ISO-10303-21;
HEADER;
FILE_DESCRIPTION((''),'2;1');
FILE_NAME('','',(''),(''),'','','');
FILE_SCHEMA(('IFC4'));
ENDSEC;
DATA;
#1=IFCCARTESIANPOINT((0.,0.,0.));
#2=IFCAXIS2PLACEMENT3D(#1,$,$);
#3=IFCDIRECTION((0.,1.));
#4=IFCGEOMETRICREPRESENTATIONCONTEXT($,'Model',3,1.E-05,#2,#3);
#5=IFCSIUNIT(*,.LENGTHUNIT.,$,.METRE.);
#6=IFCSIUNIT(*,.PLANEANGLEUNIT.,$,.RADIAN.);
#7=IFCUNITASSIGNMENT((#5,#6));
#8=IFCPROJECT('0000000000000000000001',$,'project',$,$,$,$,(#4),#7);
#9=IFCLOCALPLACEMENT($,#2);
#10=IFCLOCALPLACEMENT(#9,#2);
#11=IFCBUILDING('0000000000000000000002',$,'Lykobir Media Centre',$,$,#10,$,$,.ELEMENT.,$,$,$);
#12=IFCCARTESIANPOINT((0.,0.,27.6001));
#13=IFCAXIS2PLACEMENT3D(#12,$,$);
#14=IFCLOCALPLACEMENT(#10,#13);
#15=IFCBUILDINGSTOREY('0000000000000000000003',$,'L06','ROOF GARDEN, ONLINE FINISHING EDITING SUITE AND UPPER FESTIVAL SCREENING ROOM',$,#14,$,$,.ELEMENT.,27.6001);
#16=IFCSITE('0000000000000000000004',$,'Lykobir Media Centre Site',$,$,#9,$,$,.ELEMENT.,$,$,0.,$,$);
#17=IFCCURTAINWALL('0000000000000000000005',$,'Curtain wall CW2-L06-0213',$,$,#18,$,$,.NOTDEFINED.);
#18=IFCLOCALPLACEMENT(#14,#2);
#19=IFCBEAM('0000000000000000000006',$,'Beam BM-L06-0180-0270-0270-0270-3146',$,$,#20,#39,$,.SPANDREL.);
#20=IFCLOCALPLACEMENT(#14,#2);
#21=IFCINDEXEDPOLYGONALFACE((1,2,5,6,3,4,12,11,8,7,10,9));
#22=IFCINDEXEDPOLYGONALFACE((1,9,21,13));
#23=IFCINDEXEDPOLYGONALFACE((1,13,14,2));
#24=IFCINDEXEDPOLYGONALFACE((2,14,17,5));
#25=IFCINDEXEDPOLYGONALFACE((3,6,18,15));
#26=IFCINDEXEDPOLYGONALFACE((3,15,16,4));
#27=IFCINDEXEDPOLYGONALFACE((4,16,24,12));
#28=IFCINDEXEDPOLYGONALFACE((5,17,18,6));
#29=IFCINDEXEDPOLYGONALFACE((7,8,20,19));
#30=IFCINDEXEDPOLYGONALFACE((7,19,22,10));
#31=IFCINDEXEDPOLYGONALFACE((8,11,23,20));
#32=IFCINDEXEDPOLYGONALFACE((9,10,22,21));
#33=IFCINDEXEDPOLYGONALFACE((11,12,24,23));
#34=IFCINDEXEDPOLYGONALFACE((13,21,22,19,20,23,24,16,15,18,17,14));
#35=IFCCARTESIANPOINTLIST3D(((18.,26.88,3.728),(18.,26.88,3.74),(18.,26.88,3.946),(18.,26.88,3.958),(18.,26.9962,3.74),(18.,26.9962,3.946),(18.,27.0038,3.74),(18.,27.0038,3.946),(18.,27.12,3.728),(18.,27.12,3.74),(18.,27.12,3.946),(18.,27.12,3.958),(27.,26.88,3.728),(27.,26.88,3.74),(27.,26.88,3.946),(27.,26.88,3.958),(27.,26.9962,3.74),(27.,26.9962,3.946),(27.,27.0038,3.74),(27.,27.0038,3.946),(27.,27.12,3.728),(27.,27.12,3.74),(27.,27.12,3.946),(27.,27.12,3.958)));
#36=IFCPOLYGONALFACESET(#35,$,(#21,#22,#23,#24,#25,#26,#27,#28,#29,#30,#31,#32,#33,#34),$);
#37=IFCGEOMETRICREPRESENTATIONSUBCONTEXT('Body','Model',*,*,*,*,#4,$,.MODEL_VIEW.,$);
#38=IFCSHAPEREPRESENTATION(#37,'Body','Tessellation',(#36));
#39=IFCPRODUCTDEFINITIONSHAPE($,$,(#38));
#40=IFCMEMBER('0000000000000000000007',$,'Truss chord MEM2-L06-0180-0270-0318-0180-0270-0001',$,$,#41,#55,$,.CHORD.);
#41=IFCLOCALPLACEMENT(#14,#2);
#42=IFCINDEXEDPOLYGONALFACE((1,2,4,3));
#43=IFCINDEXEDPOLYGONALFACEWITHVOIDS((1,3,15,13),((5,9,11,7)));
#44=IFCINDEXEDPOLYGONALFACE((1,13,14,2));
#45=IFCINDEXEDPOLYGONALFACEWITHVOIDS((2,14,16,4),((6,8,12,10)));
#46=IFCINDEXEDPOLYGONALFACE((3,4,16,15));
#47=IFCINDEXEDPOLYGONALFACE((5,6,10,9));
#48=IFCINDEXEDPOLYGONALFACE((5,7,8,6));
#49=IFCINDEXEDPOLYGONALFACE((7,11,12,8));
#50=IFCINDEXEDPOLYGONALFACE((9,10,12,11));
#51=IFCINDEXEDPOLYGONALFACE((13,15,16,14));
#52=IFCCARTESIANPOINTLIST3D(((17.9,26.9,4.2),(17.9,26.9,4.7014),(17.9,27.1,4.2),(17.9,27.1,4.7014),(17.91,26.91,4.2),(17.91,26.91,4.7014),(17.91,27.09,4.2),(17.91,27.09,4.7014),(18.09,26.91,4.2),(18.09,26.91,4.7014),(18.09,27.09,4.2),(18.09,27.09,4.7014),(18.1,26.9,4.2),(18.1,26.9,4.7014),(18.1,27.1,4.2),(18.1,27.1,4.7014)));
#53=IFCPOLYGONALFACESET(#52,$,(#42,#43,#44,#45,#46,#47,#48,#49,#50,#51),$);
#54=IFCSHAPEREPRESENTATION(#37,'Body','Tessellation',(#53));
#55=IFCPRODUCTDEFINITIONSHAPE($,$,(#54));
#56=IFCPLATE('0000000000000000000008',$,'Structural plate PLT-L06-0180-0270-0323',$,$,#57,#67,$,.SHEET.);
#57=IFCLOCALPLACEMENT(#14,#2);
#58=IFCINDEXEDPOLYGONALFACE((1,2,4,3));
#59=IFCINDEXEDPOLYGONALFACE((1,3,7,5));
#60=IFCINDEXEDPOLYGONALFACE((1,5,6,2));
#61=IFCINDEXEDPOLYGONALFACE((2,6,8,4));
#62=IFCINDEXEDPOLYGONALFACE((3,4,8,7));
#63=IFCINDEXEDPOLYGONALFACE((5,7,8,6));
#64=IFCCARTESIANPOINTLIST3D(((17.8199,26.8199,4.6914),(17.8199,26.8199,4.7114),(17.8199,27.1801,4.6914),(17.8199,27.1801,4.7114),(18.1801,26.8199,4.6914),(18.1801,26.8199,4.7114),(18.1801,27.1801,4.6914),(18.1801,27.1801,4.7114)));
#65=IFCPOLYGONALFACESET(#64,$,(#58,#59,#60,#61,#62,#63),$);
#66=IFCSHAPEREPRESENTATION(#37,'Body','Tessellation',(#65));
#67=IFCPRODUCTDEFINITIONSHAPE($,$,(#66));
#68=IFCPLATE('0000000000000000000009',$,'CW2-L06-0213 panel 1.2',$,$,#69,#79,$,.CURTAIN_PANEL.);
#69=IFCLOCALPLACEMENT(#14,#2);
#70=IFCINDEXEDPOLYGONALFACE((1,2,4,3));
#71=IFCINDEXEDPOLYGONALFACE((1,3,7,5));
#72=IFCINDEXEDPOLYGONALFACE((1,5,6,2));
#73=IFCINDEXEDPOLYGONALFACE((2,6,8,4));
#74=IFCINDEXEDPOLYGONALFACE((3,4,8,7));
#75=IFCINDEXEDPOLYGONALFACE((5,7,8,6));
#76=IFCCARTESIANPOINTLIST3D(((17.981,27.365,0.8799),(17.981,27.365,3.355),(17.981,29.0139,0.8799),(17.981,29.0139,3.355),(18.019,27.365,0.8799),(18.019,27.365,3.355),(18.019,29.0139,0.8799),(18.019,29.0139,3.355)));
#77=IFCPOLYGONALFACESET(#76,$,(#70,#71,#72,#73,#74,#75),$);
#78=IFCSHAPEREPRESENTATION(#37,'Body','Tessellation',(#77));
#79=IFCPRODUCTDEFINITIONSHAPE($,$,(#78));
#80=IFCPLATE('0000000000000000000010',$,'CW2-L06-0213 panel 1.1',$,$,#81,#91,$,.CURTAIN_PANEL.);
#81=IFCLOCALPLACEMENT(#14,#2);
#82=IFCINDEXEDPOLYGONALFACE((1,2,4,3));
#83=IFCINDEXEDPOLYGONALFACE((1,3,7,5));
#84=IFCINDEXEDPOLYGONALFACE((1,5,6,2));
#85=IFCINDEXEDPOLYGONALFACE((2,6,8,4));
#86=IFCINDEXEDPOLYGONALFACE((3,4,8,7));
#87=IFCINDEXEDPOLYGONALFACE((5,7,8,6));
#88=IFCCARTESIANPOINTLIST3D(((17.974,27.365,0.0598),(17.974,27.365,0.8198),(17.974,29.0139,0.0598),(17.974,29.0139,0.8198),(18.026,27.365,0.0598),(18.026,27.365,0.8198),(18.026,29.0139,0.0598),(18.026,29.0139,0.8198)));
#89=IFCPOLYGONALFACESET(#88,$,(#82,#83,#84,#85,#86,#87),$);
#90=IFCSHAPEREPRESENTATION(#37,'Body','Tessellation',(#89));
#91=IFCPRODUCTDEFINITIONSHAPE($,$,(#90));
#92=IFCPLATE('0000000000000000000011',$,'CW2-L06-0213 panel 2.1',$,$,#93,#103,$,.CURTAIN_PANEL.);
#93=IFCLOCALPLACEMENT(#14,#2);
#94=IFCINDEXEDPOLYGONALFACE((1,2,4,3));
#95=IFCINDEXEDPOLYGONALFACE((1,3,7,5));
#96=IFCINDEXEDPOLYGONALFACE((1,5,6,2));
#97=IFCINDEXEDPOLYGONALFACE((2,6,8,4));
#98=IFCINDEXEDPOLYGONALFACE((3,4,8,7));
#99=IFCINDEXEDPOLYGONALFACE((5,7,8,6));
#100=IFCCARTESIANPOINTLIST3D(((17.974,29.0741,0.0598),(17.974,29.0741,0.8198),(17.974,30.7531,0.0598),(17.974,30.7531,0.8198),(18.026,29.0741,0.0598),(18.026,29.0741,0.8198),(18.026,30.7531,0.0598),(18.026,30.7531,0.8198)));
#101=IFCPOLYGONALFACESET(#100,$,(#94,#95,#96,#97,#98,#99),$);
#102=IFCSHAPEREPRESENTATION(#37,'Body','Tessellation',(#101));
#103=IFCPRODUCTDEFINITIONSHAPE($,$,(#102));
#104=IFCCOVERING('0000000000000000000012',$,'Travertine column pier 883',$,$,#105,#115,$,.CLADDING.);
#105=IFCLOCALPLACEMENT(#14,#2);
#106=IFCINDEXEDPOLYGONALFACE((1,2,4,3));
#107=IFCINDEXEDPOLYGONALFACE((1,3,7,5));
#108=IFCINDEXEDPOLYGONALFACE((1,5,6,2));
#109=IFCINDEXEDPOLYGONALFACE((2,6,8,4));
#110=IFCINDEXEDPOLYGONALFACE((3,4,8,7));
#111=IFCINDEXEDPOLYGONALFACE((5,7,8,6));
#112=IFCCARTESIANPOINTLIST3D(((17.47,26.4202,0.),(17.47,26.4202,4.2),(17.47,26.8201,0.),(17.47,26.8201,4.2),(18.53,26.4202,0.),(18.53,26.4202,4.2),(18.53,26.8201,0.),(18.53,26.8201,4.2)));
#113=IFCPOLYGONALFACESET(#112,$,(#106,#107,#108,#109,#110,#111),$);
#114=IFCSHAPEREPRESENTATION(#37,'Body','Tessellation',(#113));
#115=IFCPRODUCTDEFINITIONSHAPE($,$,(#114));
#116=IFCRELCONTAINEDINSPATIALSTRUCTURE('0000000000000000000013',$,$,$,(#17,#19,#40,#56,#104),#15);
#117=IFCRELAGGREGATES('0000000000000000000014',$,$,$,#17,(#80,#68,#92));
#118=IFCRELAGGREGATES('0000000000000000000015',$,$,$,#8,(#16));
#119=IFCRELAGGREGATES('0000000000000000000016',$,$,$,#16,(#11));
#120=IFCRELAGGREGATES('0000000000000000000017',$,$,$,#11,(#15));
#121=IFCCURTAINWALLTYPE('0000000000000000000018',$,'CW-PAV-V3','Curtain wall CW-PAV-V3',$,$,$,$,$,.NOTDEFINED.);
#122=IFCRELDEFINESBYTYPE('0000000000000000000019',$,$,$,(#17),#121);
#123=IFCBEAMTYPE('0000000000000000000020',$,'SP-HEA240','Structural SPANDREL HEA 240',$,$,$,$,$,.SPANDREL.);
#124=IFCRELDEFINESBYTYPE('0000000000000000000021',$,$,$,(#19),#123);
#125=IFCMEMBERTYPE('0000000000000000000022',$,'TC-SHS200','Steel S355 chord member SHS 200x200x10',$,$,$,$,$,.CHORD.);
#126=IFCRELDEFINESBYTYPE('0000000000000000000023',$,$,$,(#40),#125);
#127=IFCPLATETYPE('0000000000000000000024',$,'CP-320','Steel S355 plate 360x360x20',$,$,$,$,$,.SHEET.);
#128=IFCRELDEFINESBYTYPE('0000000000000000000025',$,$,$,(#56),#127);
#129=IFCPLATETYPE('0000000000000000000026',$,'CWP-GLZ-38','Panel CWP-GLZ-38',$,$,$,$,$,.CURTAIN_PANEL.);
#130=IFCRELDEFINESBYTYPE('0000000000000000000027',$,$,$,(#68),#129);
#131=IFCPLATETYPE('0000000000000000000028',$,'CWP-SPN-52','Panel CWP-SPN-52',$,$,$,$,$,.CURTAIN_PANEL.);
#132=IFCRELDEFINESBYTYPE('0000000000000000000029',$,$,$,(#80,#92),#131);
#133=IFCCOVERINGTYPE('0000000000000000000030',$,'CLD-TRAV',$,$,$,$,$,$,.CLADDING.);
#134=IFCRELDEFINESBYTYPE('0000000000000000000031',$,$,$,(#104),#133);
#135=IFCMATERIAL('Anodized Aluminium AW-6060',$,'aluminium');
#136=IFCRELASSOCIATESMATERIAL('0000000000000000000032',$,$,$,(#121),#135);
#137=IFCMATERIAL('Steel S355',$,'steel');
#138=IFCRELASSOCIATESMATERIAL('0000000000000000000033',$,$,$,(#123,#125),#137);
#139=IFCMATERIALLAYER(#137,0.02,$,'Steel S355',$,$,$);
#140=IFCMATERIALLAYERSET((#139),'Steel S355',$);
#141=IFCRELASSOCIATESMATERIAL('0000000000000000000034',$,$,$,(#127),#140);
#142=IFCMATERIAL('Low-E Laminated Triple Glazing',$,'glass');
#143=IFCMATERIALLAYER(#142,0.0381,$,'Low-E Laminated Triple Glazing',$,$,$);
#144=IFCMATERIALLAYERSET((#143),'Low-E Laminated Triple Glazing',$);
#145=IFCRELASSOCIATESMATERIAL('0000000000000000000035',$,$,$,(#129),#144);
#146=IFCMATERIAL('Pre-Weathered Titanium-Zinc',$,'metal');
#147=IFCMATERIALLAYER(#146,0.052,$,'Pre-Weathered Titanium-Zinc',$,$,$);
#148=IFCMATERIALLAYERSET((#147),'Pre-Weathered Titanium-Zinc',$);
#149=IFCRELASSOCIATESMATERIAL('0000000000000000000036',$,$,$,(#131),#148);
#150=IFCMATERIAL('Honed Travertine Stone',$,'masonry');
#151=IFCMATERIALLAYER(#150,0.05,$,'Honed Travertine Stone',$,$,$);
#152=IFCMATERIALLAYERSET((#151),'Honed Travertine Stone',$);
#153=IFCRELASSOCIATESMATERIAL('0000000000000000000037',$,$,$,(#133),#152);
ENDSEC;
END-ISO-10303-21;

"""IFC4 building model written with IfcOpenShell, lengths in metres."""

from ifc_helpers import new_model, si_unit, direction, frame, origin, origin_2d, place, context, subcontext, project, spatial, rectangle, hollow_rectangle, i_section, extrude, material, layer, layer_set, material_profile, profile_set, type_object, element, aggregate, save


model = new_model("IFC4")

# Units and contexts
model_context = context("Model", 3, precision=1e-05, world=origin(), true_north=direction((0.0, 1.0)))
body_context = subcontext(model_context, "Body", "Model", "MODEL_VIEW")
ifc_project = project(units=[si_unit("LENGTHUNIT", "METRE"), si_unit("PLANEANGLEUNIT", "RADIAN")], contexts=[model_context])

# Site, building, storey
site_placement = place(None, origin())
site = spatial("IfcSite", under=ifc_project, at=site_placement, Name="Lykobir Media Centre Site", CompositionType="ELEMENT", RefElevation=0.0)
building_placement = place(site_placement, origin())
building = spatial("IfcBuilding", under=site, at=building_placement, Name="Lykobir Media Centre", CompositionType="ELEMENT")
storey_placement = place(building_placement, frame((0.0, 0.0, 27.6001)))
storey = spatial("IfcBuildingStorey", under=building, at=storey_placement, Name="L06", Description="ROOF GARDEN, ONLINE FINISHING EDITING SUITE AND UPPER FESTIVAL SCREENING ROOM", CompositionType="ELEMENT", Elevation=27.6001)

# Shared definitions
ifc_material_1 = material(Name="Steel S355", Category="steel")

# Curtain wall
ifc_material_2 = material(Name="Anodized Aluminium AW-6060", Category="aluminium")
curtain_wall_type = type_object("IfcCurtainWallType", Name="CW-PAV-V3", Description="Curtain wall CW-PAV-V3", PredefinedType="NOTDEFINED", material=ifc_material_2)
curtain_wall_placement = place(storey_placement, origin())
curtain_wall = element("IfcCurtainWall", 1, at=curtain_wall_placement, inside=storey, type_object=curtain_wall_type, Name="Curtain wall CW2-L06-0213", PredefinedType="NOTDEFINED")

# Beam
ifc_material_profile_1 = material_profile(ifc_material_1, i_section(OverallWidth=0.24, OverallDepth=0.23, WebThickness=0.0076, FlangeThickness=0.012, at=origin_2d()), Name="HEA 240")
ifc_profile_set_1 = profile_set([ifc_material_profile_1], Name="Steel S355")
beam_type_1 = type_object("IfcBeamType", Name="SP-HEA240", Description="Structural SPANDREL HEA 240", PredefinedType="SPANDREL", material=ifc_profile_set_1)
beam_1_placement = place(storey_placement, frame((18.0, 27.0, 3.843), z_axis=(1.0, 0.0, 0.0), x_axis=(0.0, 1.0, 0.0)))
element("IfcBeam", 2, at=beam_1_placement, inside=storey, type_object=beam_type_1, Name="Beam BM-L06-0180-0270-0270-0270-3146", PredefinedType="SPANDREL", context=body_context, shape_type="SweptSolid", body=[
    extrude(i_section(OverallWidth=0.24, OverallDepth=0.23, WebThickness=0.0076, FlangeThickness=0.012, at=origin_2d()), origin(), (0.0, 0.0, 1.0), 9.0),
])

# Member
ifc_material_profile_2 = material_profile(ifc_material_1, hollow_rectangle(XDim=0.2, YDim=0.2, WallThickness=0.01, at=origin_2d()), Name="SHS 200x200x10")
ifc_profile_set_2 = profile_set([ifc_material_profile_2], Name="Steel S355")
member_type_1 = type_object("IfcMemberType", Name="TC-SHS200", Description="Steel S355 chord member SHS 200x200x10", PredefinedType="CHORD", material=ifc_profile_set_2)
member_1_placement = place(storey_placement, frame((18.0, 27.0, 4.2), z_axis=(0.0, 0.0, 1.0), x_axis=(1.0, 0.0, 0.0)))
element("IfcMember", 3, at=member_1_placement, inside=storey, type_object=member_type_1, Name="Truss chord MEM2-L06-0180-0270-0318-0180-0270-0001", PredefinedType="CHORD", context=body_context, shape_type="SweptSolid", body=[
    extrude(hollow_rectangle(XDim=0.2, YDim=0.2, WallThickness=0.01, at=origin_2d()), origin(), (0.0, 0.0, 1.0), 0.5015),
])

# Plates
ifc_layer_1 = layer(ifc_material_1, 0.02, Name="Steel S355")
ifc_layer_set_1 = layer_set([ifc_layer_1], Name="Steel S355")
plate_type_1 = type_object("IfcPlateType", Name="CP-320", Description="Steel S355 plate 360x360x20", PredefinedType="SHEET", material=ifc_layer_set_1)
plate_1_placement = place(storey_placement, frame((18.0, 27.0, 4.6914), z_axis=(0.0, 0.0, 1.0), x_axis=(1.0, 0.0, 0.0)))
element("IfcPlate", 4, at=plate_1_placement, inside=storey, type_object=plate_type_1, Name="Structural plate PLT-L06-0180-0270-0323", PredefinedType="SHEET", context=body_context, shape_type="SweptSolid", body=[
    extrude(rectangle(XDim=0.3601, YDim=0.3601, at=origin_2d()), origin(), (0.0, 0.0, 1.0), 0.02),
])
ifc_material_3 = material(Name="Low-E Laminated Triple Glazing", Category="glass")
ifc_layer_2 = layer(ifc_material_3, 0.0381, Name="Low-E Laminated Triple Glazing")
ifc_layer_set_2 = layer_set([ifc_layer_2], Name="Low-E Laminated Triple Glazing")
plate_type_2 = type_object("IfcPlateType", Name="CWP-GLZ-38", Description="Panel CWP-GLZ-38", PredefinedType="CURTAIN_PANEL", material=ifc_layer_set_2)
plate_2_placement = place(storey_placement, frame((18.0, 28.1895, 0.8799), z_axis=(0.0, 0.0, 1.0), x_axis=(0.0, 1.0, 0.0)))
plate_2 = element("IfcPlate", 5, at=plate_2_placement, type_object=plate_type_2, Name="CW2-L06-0213 panel 1.2", PredefinedType="CURTAIN_PANEL", context=body_context, shape_type="SweptSolid", body=[
    extrude(rectangle(XDim=1.6489, YDim=0.0381, at=origin_2d()), origin(), (0.0, 0.0, 1.0), 2.4751),
])
ifc_material_4 = material(Name="Pre-Weathered Titanium-Zinc", Category="metal")
ifc_layer_3 = layer(ifc_material_4, 0.052, Name="Pre-Weathered Titanium-Zinc")
ifc_layer_set_3 = layer_set([ifc_layer_3], Name="Pre-Weathered Titanium-Zinc")
plate_type_3 = type_object("IfcPlateType", Name="CWP-SPN-52", Description="Panel CWP-SPN-52", PredefinedType="CURTAIN_PANEL", material=ifc_layer_set_3)
plate_3_placement = place(storey_placement, frame((18.0, 28.1895, 0.0598), z_axis=(0.0, 0.0, 1.0), x_axis=(0.0, 1.0, 0.0)))
plate_3 = element("IfcPlate", 6, at=plate_3_placement, type_object=plate_type_3, Name="CW2-L06-0213 panel 1.1", PredefinedType="CURTAIN_PANEL", context=body_context, shape_type="SweptSolid", body=[
    extrude(rectangle(XDim=1.6489, YDim=0.052, at=origin_2d()), origin(), (0.0, 0.0, 1.0), 0.76),
])
plate_4_placement = place(storey_placement, frame((18.0, 29.9136, 0.0598), z_axis=(0.0, 0.0, 1.0), x_axis=(0.0, 1.0, 0.0)))
plate_4 = element("IfcPlate", 7, at=plate_4_placement, type_object=plate_type_3, Name="CW2-L06-0213 panel 2.1", PredefinedType="CURTAIN_PANEL", context=body_context, shape_type="SweptSolid", body=[
    extrude(rectangle(XDim=1.679, YDim=0.052, at=origin_2d()), origin(), (0.0, 0.0, 1.0), 0.76),
])
aggregate(curtain_wall, [plate_3, plate_2, plate_4])

# Covering
ifc_material_5 = material(Name="Honed Travertine Stone", Category="masonry")
ifc_layer_4 = layer(ifc_material_5, 0.05, Name="Honed Travertine Stone")
ifc_layer_set_4 = layer_set([ifc_layer_4], Name="Honed Travertine Stone")
covering_type = type_object("IfcCoveringType", Name="CLD-TRAV", PredefinedType="CLADDING", material=ifc_layer_set_4)
covering_placement = place(storey_placement, frame((18.0, 26.6201, 0.0), z_axis=(0.0, 0.0, 1.0), x_axis=(1.0, 0.0, 0.0)))
element("IfcCovering", 8, at=covering_placement, inside=storey, type_object=covering_type, Name="Travertine column pier 883", PredefinedType="CLADDING", context=body_context, shape_type="SweptSolid", body=[
    extrude(rectangle(XDim=1.0601, YDim=0.3999, at=origin_2d()), origin(), (0.0, 0.0, 1.0), 4.2),
])

save(model, "model.ifc")
